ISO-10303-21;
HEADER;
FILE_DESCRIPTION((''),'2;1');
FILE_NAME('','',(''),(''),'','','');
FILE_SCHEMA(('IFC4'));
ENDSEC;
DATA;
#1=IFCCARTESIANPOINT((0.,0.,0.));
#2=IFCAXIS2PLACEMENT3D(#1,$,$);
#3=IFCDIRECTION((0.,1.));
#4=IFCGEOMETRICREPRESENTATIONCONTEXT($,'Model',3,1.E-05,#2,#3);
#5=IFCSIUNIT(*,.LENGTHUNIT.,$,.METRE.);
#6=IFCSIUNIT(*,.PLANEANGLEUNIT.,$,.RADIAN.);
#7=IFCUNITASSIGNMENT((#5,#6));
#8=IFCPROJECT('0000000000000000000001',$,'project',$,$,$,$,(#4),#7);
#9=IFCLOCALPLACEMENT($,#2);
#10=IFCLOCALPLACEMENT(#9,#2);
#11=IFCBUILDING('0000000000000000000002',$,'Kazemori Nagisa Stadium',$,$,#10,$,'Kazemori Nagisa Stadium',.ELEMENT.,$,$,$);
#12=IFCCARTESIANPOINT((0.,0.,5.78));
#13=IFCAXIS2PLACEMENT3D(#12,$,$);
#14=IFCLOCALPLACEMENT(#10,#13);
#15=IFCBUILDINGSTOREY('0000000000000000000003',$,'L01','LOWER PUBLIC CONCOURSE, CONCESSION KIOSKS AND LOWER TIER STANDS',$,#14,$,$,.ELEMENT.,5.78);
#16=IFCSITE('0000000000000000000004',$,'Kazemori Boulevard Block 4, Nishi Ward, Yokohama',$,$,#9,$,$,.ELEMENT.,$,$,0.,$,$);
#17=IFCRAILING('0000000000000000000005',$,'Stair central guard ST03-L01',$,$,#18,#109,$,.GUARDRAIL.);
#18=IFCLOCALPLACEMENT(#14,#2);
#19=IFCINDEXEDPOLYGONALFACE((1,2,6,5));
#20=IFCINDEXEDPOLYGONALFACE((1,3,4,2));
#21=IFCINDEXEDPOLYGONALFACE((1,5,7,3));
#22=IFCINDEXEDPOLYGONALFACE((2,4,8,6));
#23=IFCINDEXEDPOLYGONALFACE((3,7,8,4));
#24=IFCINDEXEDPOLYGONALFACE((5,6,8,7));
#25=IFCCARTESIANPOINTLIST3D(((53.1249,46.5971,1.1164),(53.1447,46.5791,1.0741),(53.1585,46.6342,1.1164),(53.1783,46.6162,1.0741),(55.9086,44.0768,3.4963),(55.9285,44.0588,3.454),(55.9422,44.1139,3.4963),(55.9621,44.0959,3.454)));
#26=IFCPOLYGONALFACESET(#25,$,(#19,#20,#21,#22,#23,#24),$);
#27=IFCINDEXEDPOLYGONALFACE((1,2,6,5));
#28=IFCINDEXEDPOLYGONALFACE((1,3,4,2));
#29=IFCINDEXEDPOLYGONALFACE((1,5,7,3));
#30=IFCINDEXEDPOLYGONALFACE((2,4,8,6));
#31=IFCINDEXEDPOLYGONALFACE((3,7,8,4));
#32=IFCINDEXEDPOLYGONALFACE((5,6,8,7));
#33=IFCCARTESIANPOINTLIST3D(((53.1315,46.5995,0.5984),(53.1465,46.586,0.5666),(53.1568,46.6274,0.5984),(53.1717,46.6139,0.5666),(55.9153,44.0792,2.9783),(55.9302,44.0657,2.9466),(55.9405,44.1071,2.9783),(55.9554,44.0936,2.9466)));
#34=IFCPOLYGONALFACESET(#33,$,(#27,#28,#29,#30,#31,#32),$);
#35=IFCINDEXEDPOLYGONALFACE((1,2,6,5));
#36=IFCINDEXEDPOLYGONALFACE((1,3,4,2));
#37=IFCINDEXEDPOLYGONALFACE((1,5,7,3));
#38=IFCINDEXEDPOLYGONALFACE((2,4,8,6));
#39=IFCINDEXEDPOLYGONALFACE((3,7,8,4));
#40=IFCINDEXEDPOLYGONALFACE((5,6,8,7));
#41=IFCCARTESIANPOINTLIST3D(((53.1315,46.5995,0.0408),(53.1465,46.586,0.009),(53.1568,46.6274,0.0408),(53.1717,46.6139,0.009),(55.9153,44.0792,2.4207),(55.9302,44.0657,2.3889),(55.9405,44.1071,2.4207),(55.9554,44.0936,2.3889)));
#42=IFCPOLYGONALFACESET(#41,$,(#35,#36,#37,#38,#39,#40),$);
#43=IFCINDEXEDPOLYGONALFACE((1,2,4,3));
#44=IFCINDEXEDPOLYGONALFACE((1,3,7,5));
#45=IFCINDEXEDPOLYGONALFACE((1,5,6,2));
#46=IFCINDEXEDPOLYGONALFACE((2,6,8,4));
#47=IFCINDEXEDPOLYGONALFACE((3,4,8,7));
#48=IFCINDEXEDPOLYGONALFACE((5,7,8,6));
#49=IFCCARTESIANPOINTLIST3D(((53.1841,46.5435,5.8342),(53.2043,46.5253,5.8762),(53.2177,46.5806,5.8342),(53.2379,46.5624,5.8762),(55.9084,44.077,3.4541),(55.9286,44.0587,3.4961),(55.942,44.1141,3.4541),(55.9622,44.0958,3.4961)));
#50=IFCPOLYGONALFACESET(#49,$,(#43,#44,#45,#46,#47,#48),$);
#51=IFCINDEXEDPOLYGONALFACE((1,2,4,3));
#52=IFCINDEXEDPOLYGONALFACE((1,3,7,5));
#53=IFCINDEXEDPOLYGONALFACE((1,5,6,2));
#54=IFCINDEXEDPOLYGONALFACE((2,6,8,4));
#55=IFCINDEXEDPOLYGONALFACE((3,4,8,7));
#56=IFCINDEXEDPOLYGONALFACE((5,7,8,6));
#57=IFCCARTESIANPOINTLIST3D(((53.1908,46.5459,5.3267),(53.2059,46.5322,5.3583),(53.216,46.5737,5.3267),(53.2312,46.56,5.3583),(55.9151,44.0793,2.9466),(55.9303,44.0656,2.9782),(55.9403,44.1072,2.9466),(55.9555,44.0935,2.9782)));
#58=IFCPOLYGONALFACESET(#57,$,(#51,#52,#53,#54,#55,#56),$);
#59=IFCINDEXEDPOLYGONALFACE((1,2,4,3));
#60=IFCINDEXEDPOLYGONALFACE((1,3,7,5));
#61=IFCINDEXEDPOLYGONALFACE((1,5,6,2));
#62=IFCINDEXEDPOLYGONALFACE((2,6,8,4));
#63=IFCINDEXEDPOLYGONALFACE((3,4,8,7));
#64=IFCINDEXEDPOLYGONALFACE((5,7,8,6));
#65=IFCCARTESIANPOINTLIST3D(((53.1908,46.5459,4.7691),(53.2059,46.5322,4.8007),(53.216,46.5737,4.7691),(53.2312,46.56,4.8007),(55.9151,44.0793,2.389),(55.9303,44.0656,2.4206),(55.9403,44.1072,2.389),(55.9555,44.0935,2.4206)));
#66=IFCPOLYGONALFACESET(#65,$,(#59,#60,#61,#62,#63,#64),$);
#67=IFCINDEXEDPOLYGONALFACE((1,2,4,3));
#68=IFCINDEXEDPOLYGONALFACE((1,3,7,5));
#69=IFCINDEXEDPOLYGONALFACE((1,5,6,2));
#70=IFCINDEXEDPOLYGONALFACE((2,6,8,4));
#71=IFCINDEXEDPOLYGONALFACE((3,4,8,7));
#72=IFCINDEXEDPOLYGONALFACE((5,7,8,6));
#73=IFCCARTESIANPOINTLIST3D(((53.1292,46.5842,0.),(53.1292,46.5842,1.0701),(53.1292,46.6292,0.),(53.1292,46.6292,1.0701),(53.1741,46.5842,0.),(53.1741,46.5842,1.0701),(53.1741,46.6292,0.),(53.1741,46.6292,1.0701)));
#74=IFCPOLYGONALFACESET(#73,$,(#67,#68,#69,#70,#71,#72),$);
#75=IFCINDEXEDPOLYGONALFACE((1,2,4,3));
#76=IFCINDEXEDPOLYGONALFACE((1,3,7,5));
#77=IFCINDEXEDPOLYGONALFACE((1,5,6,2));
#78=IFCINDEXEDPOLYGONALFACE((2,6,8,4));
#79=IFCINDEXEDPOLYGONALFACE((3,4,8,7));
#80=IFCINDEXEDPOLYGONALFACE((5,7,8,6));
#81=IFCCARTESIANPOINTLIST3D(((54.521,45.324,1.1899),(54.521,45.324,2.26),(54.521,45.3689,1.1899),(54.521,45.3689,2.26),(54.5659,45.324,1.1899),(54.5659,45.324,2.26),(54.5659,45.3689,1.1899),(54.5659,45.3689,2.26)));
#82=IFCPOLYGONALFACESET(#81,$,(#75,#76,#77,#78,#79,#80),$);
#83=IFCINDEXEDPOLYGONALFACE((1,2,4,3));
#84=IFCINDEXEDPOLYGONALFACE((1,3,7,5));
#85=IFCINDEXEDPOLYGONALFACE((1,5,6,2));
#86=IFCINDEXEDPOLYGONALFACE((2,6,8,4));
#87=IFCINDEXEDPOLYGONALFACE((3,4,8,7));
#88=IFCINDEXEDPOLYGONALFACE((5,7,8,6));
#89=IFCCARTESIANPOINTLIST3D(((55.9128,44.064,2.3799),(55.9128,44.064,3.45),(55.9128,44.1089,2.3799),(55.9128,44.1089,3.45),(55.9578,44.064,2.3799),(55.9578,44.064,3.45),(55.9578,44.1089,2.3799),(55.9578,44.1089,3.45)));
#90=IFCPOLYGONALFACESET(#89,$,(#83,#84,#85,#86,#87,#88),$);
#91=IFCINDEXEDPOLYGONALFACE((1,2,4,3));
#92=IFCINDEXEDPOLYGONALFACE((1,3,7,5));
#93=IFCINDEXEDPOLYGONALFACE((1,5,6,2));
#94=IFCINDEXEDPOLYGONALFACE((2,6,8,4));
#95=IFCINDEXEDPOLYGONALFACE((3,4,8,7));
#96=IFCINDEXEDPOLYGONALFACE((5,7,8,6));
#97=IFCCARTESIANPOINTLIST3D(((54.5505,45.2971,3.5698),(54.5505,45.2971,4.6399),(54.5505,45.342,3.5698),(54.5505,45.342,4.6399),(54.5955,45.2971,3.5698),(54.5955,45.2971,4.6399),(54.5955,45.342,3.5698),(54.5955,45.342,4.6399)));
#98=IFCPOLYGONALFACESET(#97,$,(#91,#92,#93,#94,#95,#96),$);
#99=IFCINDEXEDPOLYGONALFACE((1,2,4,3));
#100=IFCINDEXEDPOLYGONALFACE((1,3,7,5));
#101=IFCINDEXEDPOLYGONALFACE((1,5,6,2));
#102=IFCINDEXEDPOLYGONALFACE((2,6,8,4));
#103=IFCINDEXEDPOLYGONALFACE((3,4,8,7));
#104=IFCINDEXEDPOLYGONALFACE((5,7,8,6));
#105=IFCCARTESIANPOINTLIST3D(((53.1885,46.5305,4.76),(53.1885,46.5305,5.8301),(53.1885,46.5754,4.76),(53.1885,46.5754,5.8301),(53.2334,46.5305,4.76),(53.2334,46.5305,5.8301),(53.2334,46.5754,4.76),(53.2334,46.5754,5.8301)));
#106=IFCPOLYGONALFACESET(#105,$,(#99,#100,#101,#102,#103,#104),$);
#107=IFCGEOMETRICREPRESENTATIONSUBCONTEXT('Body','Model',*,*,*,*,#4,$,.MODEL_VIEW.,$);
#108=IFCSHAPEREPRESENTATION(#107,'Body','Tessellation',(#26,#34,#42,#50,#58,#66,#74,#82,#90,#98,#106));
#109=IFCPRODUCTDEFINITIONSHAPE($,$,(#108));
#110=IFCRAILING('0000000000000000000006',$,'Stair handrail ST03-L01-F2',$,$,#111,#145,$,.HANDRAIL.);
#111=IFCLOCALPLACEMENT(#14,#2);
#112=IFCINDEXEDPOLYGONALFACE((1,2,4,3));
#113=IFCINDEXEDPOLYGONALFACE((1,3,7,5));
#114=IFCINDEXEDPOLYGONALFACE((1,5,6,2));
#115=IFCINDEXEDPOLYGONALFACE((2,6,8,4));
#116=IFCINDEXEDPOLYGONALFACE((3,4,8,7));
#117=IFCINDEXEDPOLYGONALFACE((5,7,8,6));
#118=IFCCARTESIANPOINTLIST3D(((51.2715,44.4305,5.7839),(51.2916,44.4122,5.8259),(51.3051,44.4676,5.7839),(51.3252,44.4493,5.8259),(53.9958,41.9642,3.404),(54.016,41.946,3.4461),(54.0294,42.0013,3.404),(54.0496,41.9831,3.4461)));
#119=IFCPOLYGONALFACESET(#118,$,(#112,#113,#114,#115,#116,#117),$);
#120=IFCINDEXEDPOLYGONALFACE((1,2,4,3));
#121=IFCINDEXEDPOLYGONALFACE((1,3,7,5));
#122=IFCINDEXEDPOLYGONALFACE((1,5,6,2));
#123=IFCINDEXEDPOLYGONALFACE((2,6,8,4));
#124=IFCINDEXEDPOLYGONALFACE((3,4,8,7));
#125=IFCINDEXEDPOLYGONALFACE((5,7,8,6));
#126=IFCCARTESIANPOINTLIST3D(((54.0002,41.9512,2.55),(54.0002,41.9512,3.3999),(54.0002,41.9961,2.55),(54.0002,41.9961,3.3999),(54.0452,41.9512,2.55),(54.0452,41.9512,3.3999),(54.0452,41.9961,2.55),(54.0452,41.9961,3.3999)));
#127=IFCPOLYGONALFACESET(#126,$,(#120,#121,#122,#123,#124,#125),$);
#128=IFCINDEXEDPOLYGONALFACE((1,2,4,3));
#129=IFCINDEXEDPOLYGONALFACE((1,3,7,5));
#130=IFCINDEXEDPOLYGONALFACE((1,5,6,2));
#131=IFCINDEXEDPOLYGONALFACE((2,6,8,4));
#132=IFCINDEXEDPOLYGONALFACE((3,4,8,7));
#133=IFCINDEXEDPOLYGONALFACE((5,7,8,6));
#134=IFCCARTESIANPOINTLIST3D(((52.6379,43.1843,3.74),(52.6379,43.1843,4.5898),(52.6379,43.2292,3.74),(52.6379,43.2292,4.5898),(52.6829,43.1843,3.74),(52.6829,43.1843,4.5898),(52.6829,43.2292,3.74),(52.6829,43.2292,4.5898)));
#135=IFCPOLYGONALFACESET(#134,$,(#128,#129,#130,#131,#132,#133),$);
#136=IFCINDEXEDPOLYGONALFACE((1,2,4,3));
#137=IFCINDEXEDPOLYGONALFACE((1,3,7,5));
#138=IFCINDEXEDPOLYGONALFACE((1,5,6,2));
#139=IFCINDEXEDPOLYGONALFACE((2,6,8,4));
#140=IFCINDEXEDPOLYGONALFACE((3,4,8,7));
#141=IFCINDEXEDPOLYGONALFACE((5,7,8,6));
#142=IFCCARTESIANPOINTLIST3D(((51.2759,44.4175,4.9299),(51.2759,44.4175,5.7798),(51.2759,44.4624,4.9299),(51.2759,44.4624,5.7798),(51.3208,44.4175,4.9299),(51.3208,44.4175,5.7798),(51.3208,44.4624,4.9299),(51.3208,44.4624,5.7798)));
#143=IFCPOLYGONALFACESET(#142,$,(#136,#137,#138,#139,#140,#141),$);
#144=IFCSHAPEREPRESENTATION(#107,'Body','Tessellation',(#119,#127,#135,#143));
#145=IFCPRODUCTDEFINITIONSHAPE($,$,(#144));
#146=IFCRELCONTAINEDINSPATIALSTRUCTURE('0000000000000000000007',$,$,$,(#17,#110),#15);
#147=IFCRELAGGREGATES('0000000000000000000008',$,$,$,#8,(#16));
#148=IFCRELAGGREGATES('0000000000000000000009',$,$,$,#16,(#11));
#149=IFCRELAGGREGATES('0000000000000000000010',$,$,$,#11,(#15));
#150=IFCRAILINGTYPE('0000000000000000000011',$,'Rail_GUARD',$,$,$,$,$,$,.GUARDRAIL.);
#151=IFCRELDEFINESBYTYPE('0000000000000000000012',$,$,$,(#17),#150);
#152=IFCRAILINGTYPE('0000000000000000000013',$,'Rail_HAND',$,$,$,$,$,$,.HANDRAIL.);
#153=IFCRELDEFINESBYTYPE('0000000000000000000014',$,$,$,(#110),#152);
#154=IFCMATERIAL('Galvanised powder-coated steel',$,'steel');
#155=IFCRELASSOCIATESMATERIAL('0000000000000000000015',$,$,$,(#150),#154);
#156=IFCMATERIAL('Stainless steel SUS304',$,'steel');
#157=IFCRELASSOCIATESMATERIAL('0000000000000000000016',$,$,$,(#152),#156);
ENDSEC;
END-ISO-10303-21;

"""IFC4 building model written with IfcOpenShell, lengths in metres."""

from ifc_helpers import new_model, si_unit, direction, frame, origin, origin_2d, place, context, subcontext, project, spatial, rectangle, extrude, material, type_object, element, save


model = new_model("IFC4")

# Units and contexts
model_context = context("Model", 3, precision=1e-05, world=origin(), true_north=direction((0.0, 1.0)))
body_context = subcontext(model_context, "Body", "Model", "MODEL_VIEW")
ifc_project = project(units=[si_unit("LENGTHUNIT", "METRE"), si_unit("PLANEANGLEUNIT", "RADIAN")], contexts=[model_context])

# Site, building, storey
site_placement = place(None, origin())
site = spatial("IfcSite", under=ifc_project, at=site_placement, Name="Kazemori Boulevard Block 4, Nishi Ward, Yokohama", CompositionType="ELEMENT", RefElevation=0.0)
building_placement = place(site_placement, origin())
building = spatial("IfcBuilding", under=site, at=building_placement, Name="Kazemori Nagisa Stadium", LongName="Kazemori Nagisa Stadium", CompositionType="ELEMENT")
storey_placement = place(building_placement, frame((0.0, 0.0, 5.78)))
storey = spatial("IfcBuildingStorey", under=building, at=storey_placement, Name="L01", Description="LOWER PUBLIC CONCOURSE, CONCESSION KIOSKS AND LOWER TIER STANDS", CompositionType="ELEMENT", Elevation=5.78)

# Railings
ifc_material_1 = material(Name="Galvanised powder-coated steel", Category="steel")
railing_type_1 = type_object("IfcRailingType", Name="Rail_GUARD", PredefinedType="GUARDRAIL", material=ifc_material_1)
railing_1_placement = place(storey_placement, frame((53.1516, 46.6067, 0.0)))
element("IfcRailing", 1, at=railing_1_placement, inside=storey, type_object=railing_type_1, Name="Stair central guard ST03-L01", PredefinedType="GUARDRAIL", context=body_context, shape_type="SweptSolid", body=[
    extrude(rectangle(XDim=0.05, YDim=0.05, at=origin_2d()), frame((0.0, 0.0, 1.0952), z_axis=(0.62615, -0.566895, 0.535319), x_axis=(0.67116, 0.741312, 0.0)), (0.0, 0.0, 1.0), 4.4458),
    extrude(rectangle(XDim=0.0376, YDim=0.0376, at=origin_2d()), frame((0.0, 0.0, 0.5825), z_axis=(0.62615, -0.566895, 0.535319), x_axis=(0.67116, 0.741312, 0.0)), (0.0, 0.0, 1.0), 4.4458),
    extrude(rectangle(XDim=0.0376, YDim=0.0376, at=origin_2d()), frame((0.0, 0.0, 0.0249), z_axis=(0.62615, -0.566895, 0.535319), x_axis=(0.67116, 0.741312, 0.0)), (0.0, 0.0, 1.0), 4.4458),
    extrude(rectangle(XDim=0.05, YDim=0.05, at=origin_2d()), frame((2.7837, -2.5203, 3.4751), z_axis=(-0.622218, 0.563336, 0.543597), x_axis=(-0.67116, -0.741312, 0.0)), (0.0, 0.0, 1.0), 4.3784),
    extrude(rectangle(XDim=0.0376, YDim=0.0376, at=origin_2d()), frame((2.7837, -2.5203, 2.9624), z_axis=(-0.622218, 0.563336, 0.543597), x_axis=(-0.67116, -0.741312, 0.0)), (0.0, 0.0, 1.0), 4.3784),
    extrude(rectangle(XDim=0.0376, YDim=0.0376, at=origin_2d()), frame((2.7837, -2.5203, 2.4048), z_axis=(-0.622218, 0.563336, 0.543597), x_axis=(-0.67116, -0.741312, 0.0)), (0.0, 0.0, 1.0), 4.3784),
    extrude(rectangle(XDim=0.0449, YDim=0.0449, at=origin_2d()), origin(), (0.0, 0.0, 1.0), 1.0701),
    extrude(rectangle(XDim=0.0449, YDim=0.0449, at=origin_2d()), frame((1.3918, -1.2603, 1.1899)), (0.0, 0.0, 1.0), 1.0701),
    extrude(rectangle(XDim=0.0449, YDim=0.0449, at=origin_2d()), frame((2.7837, -2.5203, 2.3799)), (0.0, 0.0, 1.0), 1.0701),
    extrude(rectangle(XDim=0.0449, YDim=0.0449, at=origin_2d()), frame((1.4214, -1.2871, 3.5698)), (0.0, 0.0, 1.0), 1.0701),
    extrude(rectangle(XDim=0.0449, YDim=0.0449, at=origin_2d()), frame((0.0593, -0.0537, 4.76)), (0.0, 0.0, 1.0), 1.0701),
])
ifc_material_2 = material(Name="Stainless steel SUS304", Category="steel")
railing_type_2 = type_object("IfcRailingType", Name="Rail_HAND", PredefinedType="HANDRAIL", material=ifc_material_2)
railing_2_placement = place(storey_placement, frame((54.0227, 41.9736, 2.55)))
element("IfcRailing", 2, at=railing_2_placement, inside=storey, type_object=railing_type_2, Name="Stair handrail ST03-L01-F2", PredefinedType="HANDRAIL", context=body_context, shape_type="SweptSolid", body=[
    extrude(rectangle(XDim=0.05, YDim=0.05, at=origin_2d()), frame((0.0, 0.0, 0.875), z_axis=(-0.622256, 0.563315, 0.543575), x_axis=(-0.671124, -0.741345, 0.0)), (0.0, 0.0, 1.0), 4.3782),
    extrude(rectangle(XDim=0.0449, YDim=0.0449, at=origin_2d()), origin(), (0.0, 0.0, 1.0), 0.8499),
    extrude(rectangle(XDim=0.0449, YDim=0.0449, at=origin_2d()), frame((-1.3623, 1.2332, 1.1899)), (0.0, 0.0, 1.0), 0.8499),
    extrude(rectangle(XDim=0.0449, YDim=0.0449, at=origin_2d()), frame((-2.7244, 2.4663, 2.3799)), (0.0, 0.0, 1.0), 0.8499),
])

save(model, "model.ifc")
